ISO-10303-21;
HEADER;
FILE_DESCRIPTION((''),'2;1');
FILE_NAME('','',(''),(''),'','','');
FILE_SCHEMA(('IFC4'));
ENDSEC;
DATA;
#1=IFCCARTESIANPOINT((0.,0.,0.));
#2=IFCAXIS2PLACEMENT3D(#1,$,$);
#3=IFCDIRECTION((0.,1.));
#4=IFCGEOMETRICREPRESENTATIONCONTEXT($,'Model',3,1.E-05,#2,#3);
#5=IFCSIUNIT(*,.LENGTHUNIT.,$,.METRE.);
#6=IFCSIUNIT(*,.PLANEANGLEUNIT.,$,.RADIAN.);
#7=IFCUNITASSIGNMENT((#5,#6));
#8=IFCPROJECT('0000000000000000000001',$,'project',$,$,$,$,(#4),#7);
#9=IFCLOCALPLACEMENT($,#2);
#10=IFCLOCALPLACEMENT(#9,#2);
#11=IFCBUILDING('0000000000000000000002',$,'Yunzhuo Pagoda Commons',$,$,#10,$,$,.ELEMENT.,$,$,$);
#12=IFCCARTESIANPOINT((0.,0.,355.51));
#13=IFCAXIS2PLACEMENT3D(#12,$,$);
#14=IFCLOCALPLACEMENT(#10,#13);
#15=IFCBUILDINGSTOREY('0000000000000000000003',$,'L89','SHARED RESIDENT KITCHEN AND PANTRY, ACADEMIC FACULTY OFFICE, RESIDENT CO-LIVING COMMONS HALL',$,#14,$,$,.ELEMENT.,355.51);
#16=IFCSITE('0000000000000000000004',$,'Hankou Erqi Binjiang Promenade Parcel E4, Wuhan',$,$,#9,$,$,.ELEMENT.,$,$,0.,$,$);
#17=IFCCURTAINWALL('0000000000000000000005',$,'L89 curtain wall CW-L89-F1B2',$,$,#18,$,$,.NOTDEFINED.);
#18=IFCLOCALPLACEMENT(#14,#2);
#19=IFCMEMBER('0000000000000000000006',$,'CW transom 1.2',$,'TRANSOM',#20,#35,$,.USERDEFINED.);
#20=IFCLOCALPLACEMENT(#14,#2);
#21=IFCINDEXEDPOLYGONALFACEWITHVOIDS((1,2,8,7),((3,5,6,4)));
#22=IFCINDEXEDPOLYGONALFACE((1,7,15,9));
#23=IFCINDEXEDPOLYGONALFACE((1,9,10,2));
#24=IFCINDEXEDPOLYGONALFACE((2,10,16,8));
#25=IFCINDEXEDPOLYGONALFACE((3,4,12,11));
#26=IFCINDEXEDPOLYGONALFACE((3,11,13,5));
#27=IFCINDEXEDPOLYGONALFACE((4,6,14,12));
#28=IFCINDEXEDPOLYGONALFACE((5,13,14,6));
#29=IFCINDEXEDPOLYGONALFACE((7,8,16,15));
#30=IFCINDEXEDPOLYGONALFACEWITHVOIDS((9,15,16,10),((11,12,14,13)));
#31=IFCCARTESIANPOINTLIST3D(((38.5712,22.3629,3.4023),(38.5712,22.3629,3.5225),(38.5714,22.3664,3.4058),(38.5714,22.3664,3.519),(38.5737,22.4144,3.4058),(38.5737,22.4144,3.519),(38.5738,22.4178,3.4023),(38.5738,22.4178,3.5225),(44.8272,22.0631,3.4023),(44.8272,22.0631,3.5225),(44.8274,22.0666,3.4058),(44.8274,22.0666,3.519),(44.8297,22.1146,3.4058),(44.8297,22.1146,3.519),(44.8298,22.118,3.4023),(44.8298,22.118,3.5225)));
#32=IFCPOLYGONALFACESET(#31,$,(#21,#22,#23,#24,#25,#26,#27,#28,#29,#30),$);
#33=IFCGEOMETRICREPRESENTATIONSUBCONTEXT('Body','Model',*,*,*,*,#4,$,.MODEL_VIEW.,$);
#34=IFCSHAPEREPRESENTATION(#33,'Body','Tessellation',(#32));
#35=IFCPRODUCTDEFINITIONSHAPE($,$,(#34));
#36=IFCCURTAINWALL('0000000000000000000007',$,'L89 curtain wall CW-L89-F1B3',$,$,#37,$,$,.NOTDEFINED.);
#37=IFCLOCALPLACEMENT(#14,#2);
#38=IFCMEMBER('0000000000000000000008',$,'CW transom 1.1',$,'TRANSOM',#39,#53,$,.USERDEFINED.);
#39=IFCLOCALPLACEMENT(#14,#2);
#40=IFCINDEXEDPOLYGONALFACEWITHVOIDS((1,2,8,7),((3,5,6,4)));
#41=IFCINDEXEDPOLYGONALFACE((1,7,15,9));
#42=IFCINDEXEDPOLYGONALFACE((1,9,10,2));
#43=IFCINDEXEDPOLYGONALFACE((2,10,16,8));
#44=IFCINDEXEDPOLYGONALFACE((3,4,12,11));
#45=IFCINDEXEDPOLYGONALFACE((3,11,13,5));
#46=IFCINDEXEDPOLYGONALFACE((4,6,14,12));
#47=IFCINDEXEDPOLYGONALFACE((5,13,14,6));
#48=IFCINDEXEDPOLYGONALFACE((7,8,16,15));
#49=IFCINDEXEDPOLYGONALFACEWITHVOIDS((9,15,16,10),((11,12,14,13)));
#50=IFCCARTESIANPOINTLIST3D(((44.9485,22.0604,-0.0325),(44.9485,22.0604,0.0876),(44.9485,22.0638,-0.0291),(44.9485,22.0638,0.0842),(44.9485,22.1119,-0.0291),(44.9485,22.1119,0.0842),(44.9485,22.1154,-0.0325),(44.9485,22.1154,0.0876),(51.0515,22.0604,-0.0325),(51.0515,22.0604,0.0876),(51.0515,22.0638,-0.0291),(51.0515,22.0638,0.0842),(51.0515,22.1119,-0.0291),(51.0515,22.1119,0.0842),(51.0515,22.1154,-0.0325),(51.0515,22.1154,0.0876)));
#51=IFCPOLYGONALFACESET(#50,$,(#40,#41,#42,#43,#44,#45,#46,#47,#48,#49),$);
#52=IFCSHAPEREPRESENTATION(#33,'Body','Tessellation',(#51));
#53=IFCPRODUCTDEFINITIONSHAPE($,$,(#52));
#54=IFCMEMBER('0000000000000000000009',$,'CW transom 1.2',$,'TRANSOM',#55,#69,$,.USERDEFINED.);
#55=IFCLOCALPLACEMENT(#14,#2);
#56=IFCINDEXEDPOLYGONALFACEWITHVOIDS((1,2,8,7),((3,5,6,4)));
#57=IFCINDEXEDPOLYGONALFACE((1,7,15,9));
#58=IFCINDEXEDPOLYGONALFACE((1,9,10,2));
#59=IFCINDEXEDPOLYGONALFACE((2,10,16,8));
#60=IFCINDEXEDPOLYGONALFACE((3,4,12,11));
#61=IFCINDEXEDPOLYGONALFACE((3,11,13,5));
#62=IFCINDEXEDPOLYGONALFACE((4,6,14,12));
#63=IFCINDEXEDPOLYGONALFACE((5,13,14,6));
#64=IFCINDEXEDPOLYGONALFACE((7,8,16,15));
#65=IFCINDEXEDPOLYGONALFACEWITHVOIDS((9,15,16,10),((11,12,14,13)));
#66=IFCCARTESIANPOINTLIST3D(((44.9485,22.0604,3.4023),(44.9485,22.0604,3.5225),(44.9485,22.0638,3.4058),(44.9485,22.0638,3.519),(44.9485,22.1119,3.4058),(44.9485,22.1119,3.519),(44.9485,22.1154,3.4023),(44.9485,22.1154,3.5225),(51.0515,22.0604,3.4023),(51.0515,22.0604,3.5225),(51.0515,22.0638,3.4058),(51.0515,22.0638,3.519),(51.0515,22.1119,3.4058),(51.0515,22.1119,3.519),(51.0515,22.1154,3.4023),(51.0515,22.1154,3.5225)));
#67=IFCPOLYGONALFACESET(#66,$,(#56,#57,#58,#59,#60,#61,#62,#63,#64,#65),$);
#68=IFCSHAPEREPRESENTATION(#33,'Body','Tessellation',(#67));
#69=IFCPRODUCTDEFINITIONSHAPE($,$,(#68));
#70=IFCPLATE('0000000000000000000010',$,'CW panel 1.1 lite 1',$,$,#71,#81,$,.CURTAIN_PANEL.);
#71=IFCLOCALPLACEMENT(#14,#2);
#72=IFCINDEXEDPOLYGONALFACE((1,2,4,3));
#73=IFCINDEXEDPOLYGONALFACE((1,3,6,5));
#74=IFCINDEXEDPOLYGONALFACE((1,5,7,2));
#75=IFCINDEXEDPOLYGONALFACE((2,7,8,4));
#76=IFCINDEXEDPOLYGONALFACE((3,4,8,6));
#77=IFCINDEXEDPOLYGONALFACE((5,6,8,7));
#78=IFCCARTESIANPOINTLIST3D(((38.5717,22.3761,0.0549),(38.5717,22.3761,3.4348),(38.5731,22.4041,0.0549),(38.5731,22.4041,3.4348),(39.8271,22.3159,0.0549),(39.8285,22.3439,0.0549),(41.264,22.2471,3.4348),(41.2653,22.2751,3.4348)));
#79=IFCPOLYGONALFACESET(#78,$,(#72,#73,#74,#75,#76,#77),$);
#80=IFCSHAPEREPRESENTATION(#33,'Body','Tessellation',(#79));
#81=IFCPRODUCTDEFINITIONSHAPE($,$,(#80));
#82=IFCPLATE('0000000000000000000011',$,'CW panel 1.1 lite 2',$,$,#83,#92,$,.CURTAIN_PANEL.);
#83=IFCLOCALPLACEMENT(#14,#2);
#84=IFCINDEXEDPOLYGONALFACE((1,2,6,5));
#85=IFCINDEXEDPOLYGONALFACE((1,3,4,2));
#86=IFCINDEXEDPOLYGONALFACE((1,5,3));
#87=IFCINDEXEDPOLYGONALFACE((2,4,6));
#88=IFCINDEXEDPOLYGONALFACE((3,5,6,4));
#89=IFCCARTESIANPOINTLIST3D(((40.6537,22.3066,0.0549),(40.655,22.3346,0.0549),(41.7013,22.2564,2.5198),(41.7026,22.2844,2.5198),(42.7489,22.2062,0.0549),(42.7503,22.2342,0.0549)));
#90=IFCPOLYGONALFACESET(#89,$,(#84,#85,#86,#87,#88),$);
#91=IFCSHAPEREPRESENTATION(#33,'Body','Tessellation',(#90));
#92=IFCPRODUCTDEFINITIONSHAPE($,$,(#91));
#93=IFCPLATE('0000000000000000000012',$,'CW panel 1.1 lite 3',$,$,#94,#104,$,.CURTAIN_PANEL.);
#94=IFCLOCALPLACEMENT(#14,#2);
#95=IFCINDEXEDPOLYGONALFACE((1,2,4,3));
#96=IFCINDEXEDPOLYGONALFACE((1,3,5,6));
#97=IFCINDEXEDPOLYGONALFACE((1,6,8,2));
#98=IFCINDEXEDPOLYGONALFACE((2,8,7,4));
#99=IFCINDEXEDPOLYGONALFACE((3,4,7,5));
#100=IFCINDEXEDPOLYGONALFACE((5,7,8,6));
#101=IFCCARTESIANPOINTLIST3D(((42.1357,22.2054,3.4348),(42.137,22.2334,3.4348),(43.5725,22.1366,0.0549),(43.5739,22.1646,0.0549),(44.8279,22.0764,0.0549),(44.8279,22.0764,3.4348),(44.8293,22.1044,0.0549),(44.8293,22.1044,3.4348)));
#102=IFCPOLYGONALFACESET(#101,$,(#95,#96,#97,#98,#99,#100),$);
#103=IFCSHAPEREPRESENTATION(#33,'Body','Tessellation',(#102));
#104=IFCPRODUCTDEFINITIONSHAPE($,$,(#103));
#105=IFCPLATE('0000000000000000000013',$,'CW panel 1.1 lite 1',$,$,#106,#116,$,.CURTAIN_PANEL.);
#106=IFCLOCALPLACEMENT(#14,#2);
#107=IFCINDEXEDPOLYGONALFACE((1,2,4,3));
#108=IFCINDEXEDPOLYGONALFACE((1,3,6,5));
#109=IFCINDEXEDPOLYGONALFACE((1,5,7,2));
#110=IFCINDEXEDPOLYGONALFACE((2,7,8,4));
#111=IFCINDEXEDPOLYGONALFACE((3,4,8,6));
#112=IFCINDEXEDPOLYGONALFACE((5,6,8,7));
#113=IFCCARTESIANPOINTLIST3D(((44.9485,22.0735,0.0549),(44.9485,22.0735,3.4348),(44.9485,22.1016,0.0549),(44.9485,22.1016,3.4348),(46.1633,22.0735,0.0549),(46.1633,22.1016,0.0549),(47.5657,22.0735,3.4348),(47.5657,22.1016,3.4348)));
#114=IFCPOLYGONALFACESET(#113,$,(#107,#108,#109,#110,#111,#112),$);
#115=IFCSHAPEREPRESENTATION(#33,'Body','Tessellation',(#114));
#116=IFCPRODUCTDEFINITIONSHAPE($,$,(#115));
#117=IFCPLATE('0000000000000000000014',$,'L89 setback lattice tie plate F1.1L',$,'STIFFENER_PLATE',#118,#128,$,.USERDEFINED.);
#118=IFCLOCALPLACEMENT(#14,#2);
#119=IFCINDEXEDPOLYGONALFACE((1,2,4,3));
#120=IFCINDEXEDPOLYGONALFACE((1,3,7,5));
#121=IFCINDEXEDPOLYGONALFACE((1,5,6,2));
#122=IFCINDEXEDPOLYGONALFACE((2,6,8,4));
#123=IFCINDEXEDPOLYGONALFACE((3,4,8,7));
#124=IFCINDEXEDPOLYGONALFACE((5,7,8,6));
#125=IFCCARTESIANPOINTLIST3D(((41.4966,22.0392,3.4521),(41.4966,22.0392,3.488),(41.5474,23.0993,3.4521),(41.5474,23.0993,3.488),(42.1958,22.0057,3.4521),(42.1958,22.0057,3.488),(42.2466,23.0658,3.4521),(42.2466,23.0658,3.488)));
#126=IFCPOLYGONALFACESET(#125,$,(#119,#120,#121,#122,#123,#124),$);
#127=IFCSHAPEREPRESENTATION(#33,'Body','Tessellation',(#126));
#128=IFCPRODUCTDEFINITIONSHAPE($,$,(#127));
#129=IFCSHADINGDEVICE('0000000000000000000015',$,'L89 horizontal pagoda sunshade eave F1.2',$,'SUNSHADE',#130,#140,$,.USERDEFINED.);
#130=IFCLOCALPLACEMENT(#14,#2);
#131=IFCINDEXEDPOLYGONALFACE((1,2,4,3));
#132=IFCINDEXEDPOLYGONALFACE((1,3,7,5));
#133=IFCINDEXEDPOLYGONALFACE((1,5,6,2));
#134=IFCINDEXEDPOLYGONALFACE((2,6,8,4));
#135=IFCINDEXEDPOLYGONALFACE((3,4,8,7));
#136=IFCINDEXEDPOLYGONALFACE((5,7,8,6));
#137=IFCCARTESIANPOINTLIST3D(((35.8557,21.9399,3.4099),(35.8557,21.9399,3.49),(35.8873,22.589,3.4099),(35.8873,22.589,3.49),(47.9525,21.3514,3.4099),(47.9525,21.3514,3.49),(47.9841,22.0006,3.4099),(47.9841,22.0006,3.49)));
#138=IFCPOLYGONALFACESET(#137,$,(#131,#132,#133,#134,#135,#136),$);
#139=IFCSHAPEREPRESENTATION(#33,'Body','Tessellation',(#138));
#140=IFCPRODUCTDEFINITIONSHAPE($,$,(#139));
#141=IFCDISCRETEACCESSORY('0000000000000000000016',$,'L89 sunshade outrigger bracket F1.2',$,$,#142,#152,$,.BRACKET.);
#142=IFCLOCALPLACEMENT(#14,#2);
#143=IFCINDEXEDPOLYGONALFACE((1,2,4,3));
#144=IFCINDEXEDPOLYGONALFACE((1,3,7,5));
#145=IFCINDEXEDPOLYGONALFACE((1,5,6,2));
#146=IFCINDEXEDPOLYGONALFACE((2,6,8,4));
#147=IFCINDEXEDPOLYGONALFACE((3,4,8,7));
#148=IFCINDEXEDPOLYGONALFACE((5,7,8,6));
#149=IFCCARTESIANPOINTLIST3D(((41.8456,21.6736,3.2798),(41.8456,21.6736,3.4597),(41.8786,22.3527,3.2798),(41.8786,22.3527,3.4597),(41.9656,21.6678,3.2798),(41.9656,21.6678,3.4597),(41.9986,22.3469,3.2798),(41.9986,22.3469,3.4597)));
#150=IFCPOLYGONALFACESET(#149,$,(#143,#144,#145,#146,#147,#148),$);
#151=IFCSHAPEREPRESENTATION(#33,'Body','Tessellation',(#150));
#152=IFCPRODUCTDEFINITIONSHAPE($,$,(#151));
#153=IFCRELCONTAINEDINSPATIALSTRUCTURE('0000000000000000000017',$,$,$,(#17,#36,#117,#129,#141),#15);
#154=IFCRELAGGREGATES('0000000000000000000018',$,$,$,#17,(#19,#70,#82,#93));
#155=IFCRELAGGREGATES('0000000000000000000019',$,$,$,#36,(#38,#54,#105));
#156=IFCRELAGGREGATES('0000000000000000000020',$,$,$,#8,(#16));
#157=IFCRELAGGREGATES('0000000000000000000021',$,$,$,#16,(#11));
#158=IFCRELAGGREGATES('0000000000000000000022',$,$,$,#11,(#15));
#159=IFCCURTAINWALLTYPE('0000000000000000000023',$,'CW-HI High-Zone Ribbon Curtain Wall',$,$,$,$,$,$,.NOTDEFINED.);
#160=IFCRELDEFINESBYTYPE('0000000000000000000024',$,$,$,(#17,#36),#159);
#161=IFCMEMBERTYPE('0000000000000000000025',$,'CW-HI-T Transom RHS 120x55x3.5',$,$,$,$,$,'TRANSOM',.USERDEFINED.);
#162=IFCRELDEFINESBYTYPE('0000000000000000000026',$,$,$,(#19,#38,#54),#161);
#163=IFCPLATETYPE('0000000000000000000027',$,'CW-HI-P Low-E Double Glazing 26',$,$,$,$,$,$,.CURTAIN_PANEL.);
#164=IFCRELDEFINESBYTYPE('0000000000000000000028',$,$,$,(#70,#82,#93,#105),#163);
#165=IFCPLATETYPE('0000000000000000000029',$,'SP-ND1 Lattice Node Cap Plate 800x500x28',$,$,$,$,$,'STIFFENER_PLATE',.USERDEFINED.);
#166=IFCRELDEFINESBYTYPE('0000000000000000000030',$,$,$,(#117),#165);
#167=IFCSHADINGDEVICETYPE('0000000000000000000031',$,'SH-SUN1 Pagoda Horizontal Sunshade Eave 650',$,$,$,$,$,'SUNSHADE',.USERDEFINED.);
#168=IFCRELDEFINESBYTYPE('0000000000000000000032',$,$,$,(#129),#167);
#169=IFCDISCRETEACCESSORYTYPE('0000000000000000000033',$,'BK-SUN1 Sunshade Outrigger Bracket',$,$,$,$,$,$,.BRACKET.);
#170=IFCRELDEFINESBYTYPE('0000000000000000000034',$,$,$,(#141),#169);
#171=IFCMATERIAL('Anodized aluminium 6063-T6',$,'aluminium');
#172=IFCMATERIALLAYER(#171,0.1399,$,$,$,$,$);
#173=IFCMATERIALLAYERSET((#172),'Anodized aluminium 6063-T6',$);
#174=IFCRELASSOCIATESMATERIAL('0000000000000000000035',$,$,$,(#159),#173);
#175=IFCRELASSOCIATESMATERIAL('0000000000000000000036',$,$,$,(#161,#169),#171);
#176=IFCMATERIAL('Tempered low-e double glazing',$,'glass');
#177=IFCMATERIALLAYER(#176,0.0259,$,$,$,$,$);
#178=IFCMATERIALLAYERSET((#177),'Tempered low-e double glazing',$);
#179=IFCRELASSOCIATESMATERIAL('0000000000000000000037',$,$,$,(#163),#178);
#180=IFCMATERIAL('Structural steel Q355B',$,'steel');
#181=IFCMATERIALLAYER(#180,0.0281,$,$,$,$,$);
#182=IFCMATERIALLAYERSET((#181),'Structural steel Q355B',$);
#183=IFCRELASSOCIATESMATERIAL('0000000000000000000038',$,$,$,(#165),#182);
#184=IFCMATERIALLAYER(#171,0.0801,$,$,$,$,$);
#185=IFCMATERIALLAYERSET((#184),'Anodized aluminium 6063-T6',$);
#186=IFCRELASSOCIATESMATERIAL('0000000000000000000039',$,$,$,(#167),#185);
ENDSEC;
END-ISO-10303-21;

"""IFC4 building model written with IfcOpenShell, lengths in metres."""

from ifc_helpers import new_model, si_unit, direction, frame, origin, origin_2d, place, context, subcontext, project, spatial, polyline, rectangle, hollow_rectangle, outline, extrude, source, transform, mapped, material, layer, layer_set, material_profile, profile_set, type_object, element, aggregate, save


model = new_model("IFC4")

# Units and contexts
model_context = context("Model", 3, precision=1e-05, world=origin(), true_north=direction((0.0, 1.0)))
body_context = subcontext(model_context, "Body", "Model", "MODEL_VIEW")
ifc_project = project(units=[si_unit("LENGTHUNIT", "METRE"), si_unit("PLANEANGLEUNIT", "RADIAN")], contexts=[model_context])

# Site, building, storey
site_placement = place(None, origin())
site = spatial("IfcSite", under=ifc_project, at=site_placement, Name="Hankou Erqi Binjiang Promenade Parcel E4, Wuhan", CompositionType="ELEMENT", RefElevation=0.0)
building_placement = place(site_placement, origin())
building = spatial("IfcBuilding", under=site, at=building_placement, Name="Yunzhuo Pagoda Commons", CompositionType="ELEMENT")
storey_placement = place(building_placement, frame((0.0, 0.0, 355.51)))
storey = spatial("IfcBuildingStorey", under=building, at=storey_placement, Name="L89", Description="SHARED RESIDENT KITCHEN AND PANTRY, ACADEMIC FACULTY OFFICE, RESIDENT CO-LIVING COMMONS HALL", CompositionType="ELEMENT", Elevation=355.51)

# Shared definitions
ifc_material_1 = material(Name="Structural steel Q355B", Category="steel")

# Curtain walls, members
ifc_material_2 = material(Name="Anodized aluminium 6063-T6", Category="aluminium")
ifc_layer_1 = layer(ifc_material_2, 0.1399)
ifc_layer_set_1 = layer_set([ifc_layer_1], Name="Anodized aluminium 6063-T6")
curtain_wall_type = type_object("IfcCurtainWallType", Name="CW-HI High-Zone Ribbon Curtain Wall", PredefinedType="NOTDEFINED", material=ifc_layer_set_1)
curtain_wall_1_placement = place(storey_placement, origin())
curtain_wall_1 = element("IfcCurtainWall", 1, at=curtain_wall_1_placement, inside=storey, type_object=curtain_wall_type, Name="L89 curtain wall CW-L89-F1B2", PredefinedType="NOTDEFINED")
ifc_material_profile_1 = material_profile(ifc_material_2, hollow_rectangle(XDim=0.0549, YDim=0.1201, WallThickness=0.0034, at=origin_2d()), Name="Anodized aluminium 6063-T6")
ifc_profile_set_1 = profile_set([ifc_material_profile_1], Name="Anodized aluminium 6063-T6")
member_type_1 = type_object("IfcMemberType", Name="CW-HI-T Transom RHS 120x55x3.5", ElementType="TRANSOM", PredefinedType="USERDEFINED", material=ifc_profile_set_1)
shared_shape_1 = source(origin(), body_context, "Body", "SweptSolid", [
    extrude(hollow_rectangle(XDim=0.0549, YDim=0.1201, WallThickness=0.0034, at=origin_2d()), origin(), (0.0, 0.0, 1.0), 6.2632),
])
member_1_placement = place(storey_placement, frame((38.5725, 22.3904, 3.4624), z_axis=(0.998854, -0.047867, 0.0), x_axis=(0.047867, 0.998854, 0.0)))
member_1 = element("IfcMember", 2, at=member_1_placement, type_object=member_type_1, Name="CW transom 1.2", ObjectType="TRANSOM", PredefinedType="USERDEFINED", context=body_context, shape_type="MappedRepresentation", body=[
    mapped(shared_shape_1, transform((0.0, 0.0, 0.0), scale=1.0)),
])
curtain_wall_2_placement = place(storey_placement, origin())
curtain_wall_2 = element("IfcCurtainWall", 3, at=curtain_wall_2_placement, inside=storey, type_object=curtain_wall_type, Name="L89 curtain wall CW-L89-F1B3", PredefinedType="NOTDEFINED")
shared_shape_2 = source(origin(), body_context, "Body", "SweptSolid", [
    extrude(hollow_rectangle(XDim=0.0549, YDim=0.1201, WallThickness=0.0034, at=origin_2d()), origin(), (0.0, 0.0, 1.0), 6.103),
])
member_2_placement = place(storey_placement, frame((44.9485, 22.0879, 0.0276), z_axis=(1.0, 0.0, 0.0), x_axis=(0.0, 1.0, 0.0)))
member_2 = element("IfcMember", 4, at=member_2_placement, type_object=member_type_1, Name="CW transom 1.1", ObjectType="TRANSOM", PredefinedType="USERDEFINED", context=body_context, shape_type="MappedRepresentation", body=[
    mapped(shared_shape_2, transform((0.0, 0.0, 0.0), scale=1.0)),
])
member_3_placement = place(storey_placement, frame((44.9485, 22.0879, 3.4624), z_axis=(1.0, 0.0, 0.0), x_axis=(0.0, 1.0, 0.0)))
member_3 = element("IfcMember", 5, at=member_3_placement, type_object=member_type_1, Name="CW transom 1.2", ObjectType="TRANSOM", PredefinedType="USERDEFINED", context=body_context, shape_type="MappedRepresentation", body=[
    mapped(shared_shape_2, transform((0.0, 0.0, 0.0), scale=1.0)),
])

# Plates
ifc_material_3 = material(Name="Tempered low-e double glazing", Category="glass")
ifc_layer_2 = layer(ifc_material_3, 0.0259)
ifc_layer_set_2 = layer_set([ifc_layer_2], Name="Tempered low-e double glazing")
plate_type_1 = type_object("IfcPlateType", Name="CW-HI-P Low-E Double Glazing 26", PredefinedType="CURTAIN_PANEL", material=ifc_layer_set_2)
plate_1_placement = place(storey_placement, frame((39.9192, 22.3396, 1.7449), z_axis=(-0.047859, -0.998854, 0.0), x_axis=(0.998854, -0.047859, 0.0)))
plate_1 = element("IfcPlate", 6, at=plate_1_placement, type_object=plate_type_1, Name="CW panel 1.1 lite 1", PredefinedType="CURTAIN_PANEL", context=body_context, shape_type="SweptSolid", body=[
    extrude(outline(polyline([(-1.3477, -1.6899), (-0.0908, -1.6899), (1.3477, 1.6899), (-1.3477, 1.6899), (-1.3477, -1.6899)])), origin(), (0.0, 0.0, 1.0), 0.0281),
])
plate_2_placement = place(storey_placement, frame((41.7026, 22.2844, 1.2874), z_axis=(-0.047859, -0.998854, 0.0), x_axis=(0.998854, -0.047859, 0.0)))
plate_2 = element("IfcPlate", 7, at=plate_2_placement, type_object=plate_type_1, Name="CW panel 1.1 lite 2", PredefinedType="CURTAIN_PANEL", context=body_context, shape_type="SweptSolid", body=[
    extrude(outline(polyline([(-1.0488, -1.2324), (1.0488, -1.2324), (0.0, 1.2324), (-1.0488, -1.2324)])), origin(), (0.0, 0.0, 1.0), 0.0281),
])
plate_3_placement = place(storey_placement, frame((43.4832, 22.1689, 1.7449), z_axis=(-0.047859, -0.998854, 0.0), x_axis=(0.998854, -0.047859, 0.0)))
plate_3 = element("IfcPlate", 8, at=plate_3_placement, type_object=plate_type_1, Name="CW panel 1.1 lite 3", PredefinedType="CURTAIN_PANEL", context=body_context, shape_type="SweptSolid", body=[
    extrude(outline(polyline([(-1.3477, 1.6899), (0.0908, -1.6899), (1.3477, -1.6899), (1.3477, 1.6899), (-1.3477, 1.6899)])), origin(), (0.0, 0.0, 1.0), 0.0281),
])
aggregate(curtain_wall_1, [member_1, plate_1, plate_2, plate_3])
plate_4_placement = place(storey_placement, frame((46.2571, 22.1016, 1.7449), z_axis=(0.0, -1.0, 0.0), x_axis=(1.0, 0.0, 0.0)))
plate_4 = element("IfcPlate", 9, at=plate_4_placement, type_object=plate_type_1, Name="CW panel 1.1 lite 1", PredefinedType="CURTAIN_PANEL", context=body_context, shape_type="SweptSolid", body=[
    extrude(outline(polyline([(-1.3086, -1.6899), (-0.0938, -1.6899), (1.3086, 1.6899), (-1.3086, 1.6899), (-1.3086, -1.6899)])), origin(), (0.0, 0.0, 1.0), 0.0281),
])
aggregate(curtain_wall_2, [member_2, member_3, plate_4])
ifc_layer_3 = layer(ifc_material_1, 0.0281)
ifc_layer_set_3 = layer_set([ifc_layer_3], Name="Structural steel Q355B")
plate_type_2 = type_object("IfcPlateType", Name="SP-ND1 Lattice Node Cap Plate 800x500x28", ElementType="STIFFENER_PLATE", PredefinedType="USERDEFINED", material=ifc_layer_set_3)
shared_shape_3 = source(origin(), body_context, "Body", "SweptSolid", [
    extrude(rectangle(XDim=0.7, YDim=1.0613, at=origin_2d()), origin(), (0.0, 0.0, 1.0), 0.0359),
])
plate_5_placement = place(storey_placement, frame((41.8716, 22.5525, 3.4521), z_axis=(0.0, 0.0, 1.0), x_axis=(0.998854, -0.047856, 0.0)))
element("IfcPlate", 10, at=plate_5_placement, inside=storey, type_object=plate_type_2, Name="L89 setback lattice tie plate F1.1L", ObjectType="STIFFENER_PLATE", PredefinedType="USERDEFINED", context=body_context, shape_type="MappedRepresentation", body=[
    mapped(shared_shape_3, transform((0.0, 0.0, 0.0), scale=1.0)),
])

# Shading device
ifc_layer_4 = layer(ifc_material_2, 0.0801)
ifc_layer_set_4 = layer_set([ifc_layer_4], Name="Anodized aluminium 6063-T6")
shading_device_type = type_object("IfcShadingDeviceType", Name="SH-SUN1 Pagoda Horizontal Sunshade Eave 650", ElementType="SUNSHADE", PredefinedType="USERDEFINED", material=ifc_layer_set_4)
shared_shape_4 = source(origin(), body_context, "Body", "SweptSolid", [
    extrude(rectangle(XDim=12.1111, YDim=0.6499, at=origin_2d()), origin(), (0.0, 0.0, 1.0), 0.0801),
])
shading_device_placement = place(storey_placement, frame((41.9199, 21.9702, 3.4099), z_axis=(0.0, 0.0, 1.0), x_axis=(0.998819, -0.048588, 0.0)))
element("IfcShadingDevice", 11, at=shading_device_placement, inside=storey, type_object=shading_device_type, Name="L89 horizontal pagoda sunshade eave F1.2", ObjectType="SUNSHADE", PredefinedType="USERDEFINED", context=body_context, shape_type="MappedRepresentation", body=[
    mapped(shared_shape_4, transform((0.0, 0.0, 0.0), scale=1.0)),
])

# Discrete accessory
discrete_accessory_type = type_object("IfcDiscreteAccessoryType", Name="BK-SUN1 Sunshade Outrigger Bracket", PredefinedType="BRACKET", material=ifc_material_2)
shared_shape_5 = source(origin(), body_context, "Body", "SweptSolid", [
    extrude(rectangle(XDim=0.1201, YDim=0.6799, at=origin_2d()), origin(), (0.0, 0.0, 1.0), 0.1799),
])
discrete_accessory_placement = place(storey_placement, frame((41.9221, 22.0103, 3.2798), z_axis=(0.0, 0.0, 1.0), x_axis=(0.998819, -0.048588, 0.0)))
element("IfcDiscreteAccessory", 12, at=discrete_accessory_placement, inside=storey, type_object=discrete_accessory_type, Name="L89 sunshade outrigger bracket F1.2", PredefinedType="BRACKET", context=body_context, shape_type="MappedRepresentation", body=[
    mapped(shared_shape_5, transform((0.0, 0.0, 0.0), scale=1.0)),
])

save(model, "model.ifc")
